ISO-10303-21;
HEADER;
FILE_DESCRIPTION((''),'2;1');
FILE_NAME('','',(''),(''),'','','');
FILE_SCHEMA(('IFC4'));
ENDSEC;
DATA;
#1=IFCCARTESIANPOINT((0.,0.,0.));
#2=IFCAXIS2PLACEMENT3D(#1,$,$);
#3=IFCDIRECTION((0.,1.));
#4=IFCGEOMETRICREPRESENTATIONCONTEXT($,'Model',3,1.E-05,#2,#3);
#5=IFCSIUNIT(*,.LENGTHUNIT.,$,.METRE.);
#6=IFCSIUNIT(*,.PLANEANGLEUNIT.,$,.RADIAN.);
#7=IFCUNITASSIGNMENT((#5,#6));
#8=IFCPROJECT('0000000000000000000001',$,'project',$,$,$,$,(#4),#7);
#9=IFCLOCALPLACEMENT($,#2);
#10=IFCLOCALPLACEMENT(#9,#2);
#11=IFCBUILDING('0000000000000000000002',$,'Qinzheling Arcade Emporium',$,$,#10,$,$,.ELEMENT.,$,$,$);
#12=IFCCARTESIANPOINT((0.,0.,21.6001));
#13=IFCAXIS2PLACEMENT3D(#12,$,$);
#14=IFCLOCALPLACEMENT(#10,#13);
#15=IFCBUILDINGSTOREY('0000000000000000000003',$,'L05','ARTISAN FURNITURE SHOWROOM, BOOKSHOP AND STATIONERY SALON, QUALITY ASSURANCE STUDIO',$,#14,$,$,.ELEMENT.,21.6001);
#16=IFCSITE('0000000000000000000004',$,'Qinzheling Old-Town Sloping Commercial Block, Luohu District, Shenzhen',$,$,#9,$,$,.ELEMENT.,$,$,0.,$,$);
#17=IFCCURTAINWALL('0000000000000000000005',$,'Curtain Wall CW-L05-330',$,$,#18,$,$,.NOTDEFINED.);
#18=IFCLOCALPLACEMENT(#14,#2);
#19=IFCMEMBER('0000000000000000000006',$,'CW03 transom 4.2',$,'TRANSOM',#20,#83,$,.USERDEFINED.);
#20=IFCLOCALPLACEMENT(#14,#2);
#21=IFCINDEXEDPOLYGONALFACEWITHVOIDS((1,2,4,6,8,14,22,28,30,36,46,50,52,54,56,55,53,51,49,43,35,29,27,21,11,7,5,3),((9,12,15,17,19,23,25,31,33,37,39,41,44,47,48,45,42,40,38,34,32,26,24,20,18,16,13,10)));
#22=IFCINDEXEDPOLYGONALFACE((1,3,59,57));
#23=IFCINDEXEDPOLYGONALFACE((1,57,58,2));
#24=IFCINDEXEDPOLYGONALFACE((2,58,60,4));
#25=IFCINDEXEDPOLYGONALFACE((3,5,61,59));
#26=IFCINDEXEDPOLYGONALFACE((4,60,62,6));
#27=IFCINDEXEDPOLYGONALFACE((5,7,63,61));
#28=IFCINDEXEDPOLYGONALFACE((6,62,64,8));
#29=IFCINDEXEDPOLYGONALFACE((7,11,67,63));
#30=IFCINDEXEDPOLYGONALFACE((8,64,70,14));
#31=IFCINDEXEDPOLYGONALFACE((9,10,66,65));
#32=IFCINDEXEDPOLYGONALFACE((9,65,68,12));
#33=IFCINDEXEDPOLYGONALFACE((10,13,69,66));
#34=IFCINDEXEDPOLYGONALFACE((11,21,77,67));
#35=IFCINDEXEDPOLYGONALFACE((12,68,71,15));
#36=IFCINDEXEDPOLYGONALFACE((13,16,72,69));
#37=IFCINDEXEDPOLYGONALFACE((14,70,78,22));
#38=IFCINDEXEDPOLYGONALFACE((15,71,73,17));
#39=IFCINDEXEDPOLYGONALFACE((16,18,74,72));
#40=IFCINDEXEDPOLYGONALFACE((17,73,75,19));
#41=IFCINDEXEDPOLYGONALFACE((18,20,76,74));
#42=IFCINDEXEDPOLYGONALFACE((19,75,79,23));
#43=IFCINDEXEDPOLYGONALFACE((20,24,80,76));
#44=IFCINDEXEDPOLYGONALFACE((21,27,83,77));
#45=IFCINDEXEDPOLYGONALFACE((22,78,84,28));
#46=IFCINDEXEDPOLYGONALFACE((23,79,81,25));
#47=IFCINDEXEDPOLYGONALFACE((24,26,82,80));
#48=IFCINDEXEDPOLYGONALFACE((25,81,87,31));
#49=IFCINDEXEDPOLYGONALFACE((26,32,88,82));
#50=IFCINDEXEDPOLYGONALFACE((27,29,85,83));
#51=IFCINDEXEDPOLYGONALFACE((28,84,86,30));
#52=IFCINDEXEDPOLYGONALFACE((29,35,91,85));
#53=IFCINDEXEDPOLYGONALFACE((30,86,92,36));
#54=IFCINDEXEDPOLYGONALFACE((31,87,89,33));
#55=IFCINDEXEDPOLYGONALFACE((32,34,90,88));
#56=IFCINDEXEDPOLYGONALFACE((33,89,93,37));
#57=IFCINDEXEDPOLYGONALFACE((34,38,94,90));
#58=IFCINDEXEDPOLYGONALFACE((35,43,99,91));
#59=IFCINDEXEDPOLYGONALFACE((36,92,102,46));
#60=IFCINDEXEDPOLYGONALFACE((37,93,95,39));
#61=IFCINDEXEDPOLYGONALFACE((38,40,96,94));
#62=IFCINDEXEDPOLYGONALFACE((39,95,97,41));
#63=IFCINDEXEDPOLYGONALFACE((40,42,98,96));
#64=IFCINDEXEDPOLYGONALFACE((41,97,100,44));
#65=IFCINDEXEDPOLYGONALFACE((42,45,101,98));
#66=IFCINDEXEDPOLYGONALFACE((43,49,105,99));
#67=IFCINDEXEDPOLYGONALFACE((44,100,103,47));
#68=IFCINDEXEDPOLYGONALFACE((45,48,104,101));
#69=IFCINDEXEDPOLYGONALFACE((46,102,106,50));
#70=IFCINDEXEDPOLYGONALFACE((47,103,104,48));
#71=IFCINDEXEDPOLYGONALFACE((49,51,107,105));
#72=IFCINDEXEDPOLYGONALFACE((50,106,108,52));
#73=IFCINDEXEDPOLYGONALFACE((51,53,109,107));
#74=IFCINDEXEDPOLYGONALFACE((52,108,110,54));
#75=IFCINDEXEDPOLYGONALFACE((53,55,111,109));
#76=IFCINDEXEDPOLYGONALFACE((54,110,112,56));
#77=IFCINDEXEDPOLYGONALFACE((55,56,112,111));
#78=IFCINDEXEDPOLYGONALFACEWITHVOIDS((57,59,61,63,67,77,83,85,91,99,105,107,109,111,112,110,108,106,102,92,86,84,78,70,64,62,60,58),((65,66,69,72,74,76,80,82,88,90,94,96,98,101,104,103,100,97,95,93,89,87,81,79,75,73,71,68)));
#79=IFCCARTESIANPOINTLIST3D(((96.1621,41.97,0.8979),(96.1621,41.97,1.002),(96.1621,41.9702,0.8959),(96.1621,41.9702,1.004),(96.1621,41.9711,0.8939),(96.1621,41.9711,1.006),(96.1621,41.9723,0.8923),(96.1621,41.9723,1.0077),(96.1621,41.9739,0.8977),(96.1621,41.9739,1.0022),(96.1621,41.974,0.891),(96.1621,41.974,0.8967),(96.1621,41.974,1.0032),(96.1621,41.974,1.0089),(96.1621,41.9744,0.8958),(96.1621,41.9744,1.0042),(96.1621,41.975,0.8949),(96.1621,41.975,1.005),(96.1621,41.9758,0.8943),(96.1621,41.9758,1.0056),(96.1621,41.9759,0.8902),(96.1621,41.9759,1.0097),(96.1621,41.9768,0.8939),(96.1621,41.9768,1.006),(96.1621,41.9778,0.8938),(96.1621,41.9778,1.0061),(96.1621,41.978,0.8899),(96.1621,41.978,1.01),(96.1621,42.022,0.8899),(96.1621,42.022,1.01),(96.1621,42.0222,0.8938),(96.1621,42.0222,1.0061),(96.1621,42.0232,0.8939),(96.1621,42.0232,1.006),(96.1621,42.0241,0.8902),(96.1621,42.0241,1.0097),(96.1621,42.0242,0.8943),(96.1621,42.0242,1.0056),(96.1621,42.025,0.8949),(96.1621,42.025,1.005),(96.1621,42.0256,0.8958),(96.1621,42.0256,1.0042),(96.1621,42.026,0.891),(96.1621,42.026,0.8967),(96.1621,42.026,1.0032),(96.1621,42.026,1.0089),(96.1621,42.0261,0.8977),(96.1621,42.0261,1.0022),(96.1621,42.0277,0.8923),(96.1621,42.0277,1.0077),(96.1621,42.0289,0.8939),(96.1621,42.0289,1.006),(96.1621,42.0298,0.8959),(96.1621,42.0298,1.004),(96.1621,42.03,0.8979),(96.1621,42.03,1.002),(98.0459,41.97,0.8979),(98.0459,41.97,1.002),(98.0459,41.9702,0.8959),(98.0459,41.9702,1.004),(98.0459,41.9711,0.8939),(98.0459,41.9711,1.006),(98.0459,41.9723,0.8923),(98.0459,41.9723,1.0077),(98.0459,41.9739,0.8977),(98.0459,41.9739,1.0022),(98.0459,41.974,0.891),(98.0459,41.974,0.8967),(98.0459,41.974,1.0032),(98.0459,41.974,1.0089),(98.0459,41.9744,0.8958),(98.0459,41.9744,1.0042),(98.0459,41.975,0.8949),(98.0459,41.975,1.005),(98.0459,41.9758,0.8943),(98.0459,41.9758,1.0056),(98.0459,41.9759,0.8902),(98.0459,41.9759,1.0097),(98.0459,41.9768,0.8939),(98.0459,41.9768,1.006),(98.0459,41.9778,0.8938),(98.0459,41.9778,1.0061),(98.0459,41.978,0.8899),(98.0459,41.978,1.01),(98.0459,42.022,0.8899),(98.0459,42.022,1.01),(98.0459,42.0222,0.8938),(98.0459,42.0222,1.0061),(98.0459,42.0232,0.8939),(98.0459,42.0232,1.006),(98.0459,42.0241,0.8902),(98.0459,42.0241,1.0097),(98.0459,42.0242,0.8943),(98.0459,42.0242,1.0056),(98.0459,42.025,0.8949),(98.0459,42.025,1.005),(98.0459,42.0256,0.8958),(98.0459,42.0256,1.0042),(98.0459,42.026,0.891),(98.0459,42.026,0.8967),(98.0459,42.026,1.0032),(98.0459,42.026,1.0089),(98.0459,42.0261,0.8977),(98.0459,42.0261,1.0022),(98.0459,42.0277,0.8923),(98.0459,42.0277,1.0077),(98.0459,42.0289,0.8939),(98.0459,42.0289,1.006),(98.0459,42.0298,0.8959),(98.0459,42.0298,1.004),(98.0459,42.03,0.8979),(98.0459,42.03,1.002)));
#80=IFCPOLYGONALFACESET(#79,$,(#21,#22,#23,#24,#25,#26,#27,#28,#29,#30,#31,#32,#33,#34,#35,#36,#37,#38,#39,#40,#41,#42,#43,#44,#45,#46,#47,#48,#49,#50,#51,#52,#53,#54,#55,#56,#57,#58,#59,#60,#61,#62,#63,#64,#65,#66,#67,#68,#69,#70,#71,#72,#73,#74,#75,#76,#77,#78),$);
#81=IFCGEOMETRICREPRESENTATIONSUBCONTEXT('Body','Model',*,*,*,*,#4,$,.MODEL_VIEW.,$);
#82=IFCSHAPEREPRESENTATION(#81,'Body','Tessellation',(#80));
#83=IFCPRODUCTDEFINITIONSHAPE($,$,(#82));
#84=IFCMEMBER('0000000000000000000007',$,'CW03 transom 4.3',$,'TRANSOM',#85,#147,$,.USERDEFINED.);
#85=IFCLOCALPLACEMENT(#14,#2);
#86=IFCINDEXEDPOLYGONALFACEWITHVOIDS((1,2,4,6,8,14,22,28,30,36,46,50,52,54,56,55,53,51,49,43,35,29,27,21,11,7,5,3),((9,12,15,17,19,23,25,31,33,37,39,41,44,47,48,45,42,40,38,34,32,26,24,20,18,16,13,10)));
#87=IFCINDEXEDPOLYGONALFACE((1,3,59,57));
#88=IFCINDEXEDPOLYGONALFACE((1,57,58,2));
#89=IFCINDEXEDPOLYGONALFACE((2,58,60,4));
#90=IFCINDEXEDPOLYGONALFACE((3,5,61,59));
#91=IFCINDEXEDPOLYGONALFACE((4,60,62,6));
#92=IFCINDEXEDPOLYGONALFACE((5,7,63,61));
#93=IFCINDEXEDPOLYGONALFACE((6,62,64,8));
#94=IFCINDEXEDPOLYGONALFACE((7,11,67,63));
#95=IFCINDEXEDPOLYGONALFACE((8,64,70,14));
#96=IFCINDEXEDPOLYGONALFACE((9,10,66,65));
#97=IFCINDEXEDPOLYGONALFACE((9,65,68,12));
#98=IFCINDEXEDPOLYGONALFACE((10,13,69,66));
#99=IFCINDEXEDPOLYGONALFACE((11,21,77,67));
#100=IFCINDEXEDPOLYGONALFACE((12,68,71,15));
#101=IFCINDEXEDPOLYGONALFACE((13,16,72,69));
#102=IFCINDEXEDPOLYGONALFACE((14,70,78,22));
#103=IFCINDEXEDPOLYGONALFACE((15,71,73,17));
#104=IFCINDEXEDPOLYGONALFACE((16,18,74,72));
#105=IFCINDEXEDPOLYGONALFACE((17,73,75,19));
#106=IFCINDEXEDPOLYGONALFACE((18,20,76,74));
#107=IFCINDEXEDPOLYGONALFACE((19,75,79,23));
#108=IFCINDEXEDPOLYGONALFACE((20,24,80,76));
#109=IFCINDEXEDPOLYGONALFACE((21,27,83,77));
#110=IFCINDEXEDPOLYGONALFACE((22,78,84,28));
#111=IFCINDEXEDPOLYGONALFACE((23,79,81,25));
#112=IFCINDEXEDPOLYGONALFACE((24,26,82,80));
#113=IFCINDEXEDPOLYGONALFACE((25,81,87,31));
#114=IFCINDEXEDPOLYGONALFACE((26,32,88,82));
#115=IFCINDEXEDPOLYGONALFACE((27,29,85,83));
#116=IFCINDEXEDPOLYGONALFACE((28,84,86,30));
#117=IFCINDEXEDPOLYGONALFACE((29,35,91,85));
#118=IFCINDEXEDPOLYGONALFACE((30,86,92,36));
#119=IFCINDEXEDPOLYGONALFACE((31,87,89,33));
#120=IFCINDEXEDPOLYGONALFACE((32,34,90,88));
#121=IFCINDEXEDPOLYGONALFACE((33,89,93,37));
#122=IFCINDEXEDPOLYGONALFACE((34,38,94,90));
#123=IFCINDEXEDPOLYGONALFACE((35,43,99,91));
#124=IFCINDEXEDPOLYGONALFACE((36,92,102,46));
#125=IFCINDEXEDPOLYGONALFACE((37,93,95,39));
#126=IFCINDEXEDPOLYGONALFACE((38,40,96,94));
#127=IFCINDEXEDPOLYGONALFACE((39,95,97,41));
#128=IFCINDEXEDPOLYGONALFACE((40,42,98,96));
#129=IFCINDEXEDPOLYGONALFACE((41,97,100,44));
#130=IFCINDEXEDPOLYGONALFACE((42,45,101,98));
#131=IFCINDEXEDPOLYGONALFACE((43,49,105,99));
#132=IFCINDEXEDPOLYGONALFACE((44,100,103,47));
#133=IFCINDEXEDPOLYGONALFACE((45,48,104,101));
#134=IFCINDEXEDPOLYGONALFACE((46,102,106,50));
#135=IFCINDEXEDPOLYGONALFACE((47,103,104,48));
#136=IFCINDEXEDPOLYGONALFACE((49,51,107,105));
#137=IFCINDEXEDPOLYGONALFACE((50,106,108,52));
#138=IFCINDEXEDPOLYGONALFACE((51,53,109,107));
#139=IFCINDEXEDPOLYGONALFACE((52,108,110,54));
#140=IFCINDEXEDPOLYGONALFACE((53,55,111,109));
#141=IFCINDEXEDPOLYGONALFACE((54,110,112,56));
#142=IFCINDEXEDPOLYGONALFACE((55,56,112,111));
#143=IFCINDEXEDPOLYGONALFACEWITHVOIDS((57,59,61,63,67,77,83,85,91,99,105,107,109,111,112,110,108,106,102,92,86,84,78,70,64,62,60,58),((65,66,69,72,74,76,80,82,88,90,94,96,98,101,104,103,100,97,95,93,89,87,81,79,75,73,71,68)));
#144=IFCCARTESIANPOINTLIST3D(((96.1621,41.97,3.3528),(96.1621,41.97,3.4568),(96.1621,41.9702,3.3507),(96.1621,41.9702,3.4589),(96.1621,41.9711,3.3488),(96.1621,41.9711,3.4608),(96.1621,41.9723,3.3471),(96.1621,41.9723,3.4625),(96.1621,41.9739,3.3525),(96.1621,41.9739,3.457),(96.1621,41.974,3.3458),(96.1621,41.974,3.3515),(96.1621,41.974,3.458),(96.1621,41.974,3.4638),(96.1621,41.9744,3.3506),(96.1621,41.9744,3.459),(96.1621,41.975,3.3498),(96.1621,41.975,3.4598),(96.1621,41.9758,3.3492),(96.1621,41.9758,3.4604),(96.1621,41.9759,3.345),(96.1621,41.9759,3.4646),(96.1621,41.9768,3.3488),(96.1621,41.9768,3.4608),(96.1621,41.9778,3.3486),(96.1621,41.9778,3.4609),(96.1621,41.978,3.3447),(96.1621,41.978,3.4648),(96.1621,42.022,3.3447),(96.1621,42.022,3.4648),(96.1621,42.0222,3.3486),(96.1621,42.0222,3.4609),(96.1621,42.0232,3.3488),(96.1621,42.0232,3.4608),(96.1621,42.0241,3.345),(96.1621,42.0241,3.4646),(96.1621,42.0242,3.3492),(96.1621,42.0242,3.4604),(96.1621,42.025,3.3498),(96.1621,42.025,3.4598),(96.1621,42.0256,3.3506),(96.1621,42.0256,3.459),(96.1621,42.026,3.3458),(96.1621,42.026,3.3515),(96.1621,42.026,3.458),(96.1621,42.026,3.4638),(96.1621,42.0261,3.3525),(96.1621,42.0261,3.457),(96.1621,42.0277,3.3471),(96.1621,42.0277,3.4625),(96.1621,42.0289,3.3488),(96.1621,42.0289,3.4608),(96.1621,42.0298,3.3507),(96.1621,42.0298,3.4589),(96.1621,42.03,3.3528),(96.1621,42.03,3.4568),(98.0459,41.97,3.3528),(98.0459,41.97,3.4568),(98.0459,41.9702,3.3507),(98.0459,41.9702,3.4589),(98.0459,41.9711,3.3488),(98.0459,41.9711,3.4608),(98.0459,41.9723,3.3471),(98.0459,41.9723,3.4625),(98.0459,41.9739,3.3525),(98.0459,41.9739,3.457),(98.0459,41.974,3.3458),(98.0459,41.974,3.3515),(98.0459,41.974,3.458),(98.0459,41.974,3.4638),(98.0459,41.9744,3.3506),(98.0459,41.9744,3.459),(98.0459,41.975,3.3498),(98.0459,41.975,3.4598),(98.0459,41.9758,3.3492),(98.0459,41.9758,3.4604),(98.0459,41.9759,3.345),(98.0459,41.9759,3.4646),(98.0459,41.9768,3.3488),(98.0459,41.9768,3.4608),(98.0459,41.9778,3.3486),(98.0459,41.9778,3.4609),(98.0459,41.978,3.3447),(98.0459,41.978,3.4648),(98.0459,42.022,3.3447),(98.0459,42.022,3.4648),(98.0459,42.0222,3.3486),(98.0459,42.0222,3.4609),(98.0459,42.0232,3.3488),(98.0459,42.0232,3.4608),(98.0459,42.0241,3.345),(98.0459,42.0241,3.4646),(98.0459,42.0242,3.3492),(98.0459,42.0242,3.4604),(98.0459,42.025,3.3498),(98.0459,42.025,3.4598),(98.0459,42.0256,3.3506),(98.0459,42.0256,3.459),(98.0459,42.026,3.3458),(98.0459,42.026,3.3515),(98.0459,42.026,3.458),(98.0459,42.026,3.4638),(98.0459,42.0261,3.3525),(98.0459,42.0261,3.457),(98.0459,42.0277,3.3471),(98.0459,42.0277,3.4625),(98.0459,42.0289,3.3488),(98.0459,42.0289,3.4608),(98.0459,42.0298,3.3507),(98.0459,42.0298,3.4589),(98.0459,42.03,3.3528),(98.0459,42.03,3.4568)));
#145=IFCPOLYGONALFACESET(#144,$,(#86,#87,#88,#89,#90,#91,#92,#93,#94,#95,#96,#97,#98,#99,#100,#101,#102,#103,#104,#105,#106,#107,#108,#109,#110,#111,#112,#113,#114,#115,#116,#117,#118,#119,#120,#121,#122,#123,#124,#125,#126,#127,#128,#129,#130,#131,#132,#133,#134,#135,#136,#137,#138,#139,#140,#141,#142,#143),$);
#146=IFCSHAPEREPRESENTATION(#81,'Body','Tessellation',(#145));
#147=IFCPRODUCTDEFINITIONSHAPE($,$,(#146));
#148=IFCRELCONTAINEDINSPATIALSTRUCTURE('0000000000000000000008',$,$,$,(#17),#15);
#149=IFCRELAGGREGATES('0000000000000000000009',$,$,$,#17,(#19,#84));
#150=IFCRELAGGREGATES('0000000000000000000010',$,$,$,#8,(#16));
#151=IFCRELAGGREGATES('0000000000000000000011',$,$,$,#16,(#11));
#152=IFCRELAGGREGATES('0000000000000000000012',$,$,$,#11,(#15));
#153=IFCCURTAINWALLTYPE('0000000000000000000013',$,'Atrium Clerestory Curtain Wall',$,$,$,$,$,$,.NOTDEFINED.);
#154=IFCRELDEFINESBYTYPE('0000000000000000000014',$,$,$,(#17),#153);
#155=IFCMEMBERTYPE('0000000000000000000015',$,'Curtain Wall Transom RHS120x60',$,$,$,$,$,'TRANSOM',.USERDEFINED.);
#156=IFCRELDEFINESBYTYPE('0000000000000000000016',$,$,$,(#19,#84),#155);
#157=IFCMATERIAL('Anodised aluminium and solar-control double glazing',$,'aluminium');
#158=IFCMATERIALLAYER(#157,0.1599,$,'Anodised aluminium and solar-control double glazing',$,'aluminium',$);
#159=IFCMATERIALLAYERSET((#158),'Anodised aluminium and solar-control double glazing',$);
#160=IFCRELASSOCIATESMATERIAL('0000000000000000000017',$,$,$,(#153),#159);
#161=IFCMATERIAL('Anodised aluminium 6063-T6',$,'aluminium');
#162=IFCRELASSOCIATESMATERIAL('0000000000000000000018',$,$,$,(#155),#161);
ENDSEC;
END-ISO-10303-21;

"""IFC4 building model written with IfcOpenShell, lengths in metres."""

from ifc_helpers import new_model, si_unit, direction, frame, origin, origin_2d, place, context, subcontext, project, spatial, hollow_rectangle, extrude, material, layer, layer_set, material_profile, profile_set, type_object, element, aggregate, save


model = new_model("IFC4")

# Units and contexts
model_context = context("Model", 3, precision=1e-05, world=origin(), true_north=direction((0.0, 1.0)))
body_context = subcontext(model_context, "Body", "Model", "MODEL_VIEW")
ifc_project = project(units=[si_unit("LENGTHUNIT", "METRE"), si_unit("PLANEANGLEUNIT", "RADIAN")], contexts=[model_context])

# Site, building, storey
site_placement = place(None, origin())
site = spatial("IfcSite", under=ifc_project, at=site_placement, Name="Qinzheling Old-Town Sloping Commercial Block, Luohu District, Shenzhen", CompositionType="ELEMENT", RefElevation=0.0)
building_placement = place(site_placement, origin())
building = spatial("IfcBuilding", under=site, at=building_placement, Name="Qinzheling Arcade Emporium", CompositionType="ELEMENT")
storey_placement = place(building_placement, frame((0.0, 0.0, 21.6001)))
storey = spatial("IfcBuildingStorey", under=building, at=storey_placement, Name="L05", Description="ARTISAN FURNITURE SHOWROOM, BOOKSHOP AND STATIONERY SALON, QUALITY ASSURANCE STUDIO", CompositionType="ELEMENT", Elevation=21.6001)

# Curtain wall
ifc_material_1 = material(Name="Anodised aluminium and solar-control double glazing", Category="aluminium")
ifc_layer_1 = layer(ifc_material_1, 0.1599, Name="Anodised aluminium and solar-control double glazing", Category="aluminium")
ifc_layer_set_1 = layer_set([ifc_layer_1], Name="Anodised aluminium and solar-control double glazing")
curtain_wall_type = type_object("IfcCurtainWallType", Name="Atrium Clerestory Curtain Wall", PredefinedType="NOTDEFINED", material=ifc_layer_set_1)
curtain_wall_1_placement = place(storey_placement, origin())
curtain_wall_1 = element("IfcCurtainWall", 1, at=curtain_wall_1_placement, inside=storey, type_object=curtain_wall_type, Name="Curtain Wall CW-L05-330", PredefinedType="NOTDEFINED")
ifc_material_2 = material(Name="Anodised aluminium 6063-T6", Category="aluminium")

# Members
ifc_material_profile_1 = material_profile(ifc_material_2, hollow_rectangle(XDim=0.0601, YDim=0.1201, WallThickness=0.0039, InnerFilletRadius=0.0039, OuterFilletRadius=0.0081, at=origin_2d()), Name="RHS 120x60x4", Category="aluminium")
ifc_profile_set_1 = profile_set([ifc_material_profile_1], Name="Anodised aluminium 6063-T6")
member_type_1 = type_object("IfcMemberType", Name="Curtain Wall Transom RHS120x60", ElementType="TRANSOM", PredefinedType="USERDEFINED", material=ifc_profile_set_1)
member_1_placement = place(storey_placement, frame((98.0459, 42.0, 0.95), z_axis=(-1.0, 0.0, 0.0), x_axis=(0.0, -1.0, 0.0)))
member_1 = element("IfcMember", 2, at=member_1_placement, type_object=member_type_1, Name="CW03 transom 4.2", ObjectType="TRANSOM", PredefinedType="USERDEFINED", context=body_context, shape_type="SweptSolid", body=[
    extrude(hollow_rectangle(XDim=0.0601, YDim=0.1201, WallThickness=0.0039, InnerFilletRadius=0.0039, OuterFilletRadius=0.0081, at=origin_2d()), origin(), (0.0, 0.0, 1.0), 1.8838),
])
member_2_placement = place(storey_placement, frame((98.0459, 42.0, 3.4048), z_axis=(-1.0, 0.0, 0.0), x_axis=(0.0, -1.0, 0.0)))
member_2 = element("IfcMember", 3, at=member_2_placement, type_object=member_type_1, Name="CW03 transom 4.3", ObjectType="TRANSOM", PredefinedType="USERDEFINED", context=body_context, shape_type="SweptSolid", body=[
    extrude(hollow_rectangle(XDim=0.0601, YDim=0.1201, WallThickness=0.0039, InnerFilletRadius=0.0039, OuterFilletRadius=0.0081, at=origin_2d()), origin(), (0.0, 0.0, 1.0), 1.8838),
])

aggregate(curtain_wall_1, [member_1, member_2])

save(model, "model.ifc")
